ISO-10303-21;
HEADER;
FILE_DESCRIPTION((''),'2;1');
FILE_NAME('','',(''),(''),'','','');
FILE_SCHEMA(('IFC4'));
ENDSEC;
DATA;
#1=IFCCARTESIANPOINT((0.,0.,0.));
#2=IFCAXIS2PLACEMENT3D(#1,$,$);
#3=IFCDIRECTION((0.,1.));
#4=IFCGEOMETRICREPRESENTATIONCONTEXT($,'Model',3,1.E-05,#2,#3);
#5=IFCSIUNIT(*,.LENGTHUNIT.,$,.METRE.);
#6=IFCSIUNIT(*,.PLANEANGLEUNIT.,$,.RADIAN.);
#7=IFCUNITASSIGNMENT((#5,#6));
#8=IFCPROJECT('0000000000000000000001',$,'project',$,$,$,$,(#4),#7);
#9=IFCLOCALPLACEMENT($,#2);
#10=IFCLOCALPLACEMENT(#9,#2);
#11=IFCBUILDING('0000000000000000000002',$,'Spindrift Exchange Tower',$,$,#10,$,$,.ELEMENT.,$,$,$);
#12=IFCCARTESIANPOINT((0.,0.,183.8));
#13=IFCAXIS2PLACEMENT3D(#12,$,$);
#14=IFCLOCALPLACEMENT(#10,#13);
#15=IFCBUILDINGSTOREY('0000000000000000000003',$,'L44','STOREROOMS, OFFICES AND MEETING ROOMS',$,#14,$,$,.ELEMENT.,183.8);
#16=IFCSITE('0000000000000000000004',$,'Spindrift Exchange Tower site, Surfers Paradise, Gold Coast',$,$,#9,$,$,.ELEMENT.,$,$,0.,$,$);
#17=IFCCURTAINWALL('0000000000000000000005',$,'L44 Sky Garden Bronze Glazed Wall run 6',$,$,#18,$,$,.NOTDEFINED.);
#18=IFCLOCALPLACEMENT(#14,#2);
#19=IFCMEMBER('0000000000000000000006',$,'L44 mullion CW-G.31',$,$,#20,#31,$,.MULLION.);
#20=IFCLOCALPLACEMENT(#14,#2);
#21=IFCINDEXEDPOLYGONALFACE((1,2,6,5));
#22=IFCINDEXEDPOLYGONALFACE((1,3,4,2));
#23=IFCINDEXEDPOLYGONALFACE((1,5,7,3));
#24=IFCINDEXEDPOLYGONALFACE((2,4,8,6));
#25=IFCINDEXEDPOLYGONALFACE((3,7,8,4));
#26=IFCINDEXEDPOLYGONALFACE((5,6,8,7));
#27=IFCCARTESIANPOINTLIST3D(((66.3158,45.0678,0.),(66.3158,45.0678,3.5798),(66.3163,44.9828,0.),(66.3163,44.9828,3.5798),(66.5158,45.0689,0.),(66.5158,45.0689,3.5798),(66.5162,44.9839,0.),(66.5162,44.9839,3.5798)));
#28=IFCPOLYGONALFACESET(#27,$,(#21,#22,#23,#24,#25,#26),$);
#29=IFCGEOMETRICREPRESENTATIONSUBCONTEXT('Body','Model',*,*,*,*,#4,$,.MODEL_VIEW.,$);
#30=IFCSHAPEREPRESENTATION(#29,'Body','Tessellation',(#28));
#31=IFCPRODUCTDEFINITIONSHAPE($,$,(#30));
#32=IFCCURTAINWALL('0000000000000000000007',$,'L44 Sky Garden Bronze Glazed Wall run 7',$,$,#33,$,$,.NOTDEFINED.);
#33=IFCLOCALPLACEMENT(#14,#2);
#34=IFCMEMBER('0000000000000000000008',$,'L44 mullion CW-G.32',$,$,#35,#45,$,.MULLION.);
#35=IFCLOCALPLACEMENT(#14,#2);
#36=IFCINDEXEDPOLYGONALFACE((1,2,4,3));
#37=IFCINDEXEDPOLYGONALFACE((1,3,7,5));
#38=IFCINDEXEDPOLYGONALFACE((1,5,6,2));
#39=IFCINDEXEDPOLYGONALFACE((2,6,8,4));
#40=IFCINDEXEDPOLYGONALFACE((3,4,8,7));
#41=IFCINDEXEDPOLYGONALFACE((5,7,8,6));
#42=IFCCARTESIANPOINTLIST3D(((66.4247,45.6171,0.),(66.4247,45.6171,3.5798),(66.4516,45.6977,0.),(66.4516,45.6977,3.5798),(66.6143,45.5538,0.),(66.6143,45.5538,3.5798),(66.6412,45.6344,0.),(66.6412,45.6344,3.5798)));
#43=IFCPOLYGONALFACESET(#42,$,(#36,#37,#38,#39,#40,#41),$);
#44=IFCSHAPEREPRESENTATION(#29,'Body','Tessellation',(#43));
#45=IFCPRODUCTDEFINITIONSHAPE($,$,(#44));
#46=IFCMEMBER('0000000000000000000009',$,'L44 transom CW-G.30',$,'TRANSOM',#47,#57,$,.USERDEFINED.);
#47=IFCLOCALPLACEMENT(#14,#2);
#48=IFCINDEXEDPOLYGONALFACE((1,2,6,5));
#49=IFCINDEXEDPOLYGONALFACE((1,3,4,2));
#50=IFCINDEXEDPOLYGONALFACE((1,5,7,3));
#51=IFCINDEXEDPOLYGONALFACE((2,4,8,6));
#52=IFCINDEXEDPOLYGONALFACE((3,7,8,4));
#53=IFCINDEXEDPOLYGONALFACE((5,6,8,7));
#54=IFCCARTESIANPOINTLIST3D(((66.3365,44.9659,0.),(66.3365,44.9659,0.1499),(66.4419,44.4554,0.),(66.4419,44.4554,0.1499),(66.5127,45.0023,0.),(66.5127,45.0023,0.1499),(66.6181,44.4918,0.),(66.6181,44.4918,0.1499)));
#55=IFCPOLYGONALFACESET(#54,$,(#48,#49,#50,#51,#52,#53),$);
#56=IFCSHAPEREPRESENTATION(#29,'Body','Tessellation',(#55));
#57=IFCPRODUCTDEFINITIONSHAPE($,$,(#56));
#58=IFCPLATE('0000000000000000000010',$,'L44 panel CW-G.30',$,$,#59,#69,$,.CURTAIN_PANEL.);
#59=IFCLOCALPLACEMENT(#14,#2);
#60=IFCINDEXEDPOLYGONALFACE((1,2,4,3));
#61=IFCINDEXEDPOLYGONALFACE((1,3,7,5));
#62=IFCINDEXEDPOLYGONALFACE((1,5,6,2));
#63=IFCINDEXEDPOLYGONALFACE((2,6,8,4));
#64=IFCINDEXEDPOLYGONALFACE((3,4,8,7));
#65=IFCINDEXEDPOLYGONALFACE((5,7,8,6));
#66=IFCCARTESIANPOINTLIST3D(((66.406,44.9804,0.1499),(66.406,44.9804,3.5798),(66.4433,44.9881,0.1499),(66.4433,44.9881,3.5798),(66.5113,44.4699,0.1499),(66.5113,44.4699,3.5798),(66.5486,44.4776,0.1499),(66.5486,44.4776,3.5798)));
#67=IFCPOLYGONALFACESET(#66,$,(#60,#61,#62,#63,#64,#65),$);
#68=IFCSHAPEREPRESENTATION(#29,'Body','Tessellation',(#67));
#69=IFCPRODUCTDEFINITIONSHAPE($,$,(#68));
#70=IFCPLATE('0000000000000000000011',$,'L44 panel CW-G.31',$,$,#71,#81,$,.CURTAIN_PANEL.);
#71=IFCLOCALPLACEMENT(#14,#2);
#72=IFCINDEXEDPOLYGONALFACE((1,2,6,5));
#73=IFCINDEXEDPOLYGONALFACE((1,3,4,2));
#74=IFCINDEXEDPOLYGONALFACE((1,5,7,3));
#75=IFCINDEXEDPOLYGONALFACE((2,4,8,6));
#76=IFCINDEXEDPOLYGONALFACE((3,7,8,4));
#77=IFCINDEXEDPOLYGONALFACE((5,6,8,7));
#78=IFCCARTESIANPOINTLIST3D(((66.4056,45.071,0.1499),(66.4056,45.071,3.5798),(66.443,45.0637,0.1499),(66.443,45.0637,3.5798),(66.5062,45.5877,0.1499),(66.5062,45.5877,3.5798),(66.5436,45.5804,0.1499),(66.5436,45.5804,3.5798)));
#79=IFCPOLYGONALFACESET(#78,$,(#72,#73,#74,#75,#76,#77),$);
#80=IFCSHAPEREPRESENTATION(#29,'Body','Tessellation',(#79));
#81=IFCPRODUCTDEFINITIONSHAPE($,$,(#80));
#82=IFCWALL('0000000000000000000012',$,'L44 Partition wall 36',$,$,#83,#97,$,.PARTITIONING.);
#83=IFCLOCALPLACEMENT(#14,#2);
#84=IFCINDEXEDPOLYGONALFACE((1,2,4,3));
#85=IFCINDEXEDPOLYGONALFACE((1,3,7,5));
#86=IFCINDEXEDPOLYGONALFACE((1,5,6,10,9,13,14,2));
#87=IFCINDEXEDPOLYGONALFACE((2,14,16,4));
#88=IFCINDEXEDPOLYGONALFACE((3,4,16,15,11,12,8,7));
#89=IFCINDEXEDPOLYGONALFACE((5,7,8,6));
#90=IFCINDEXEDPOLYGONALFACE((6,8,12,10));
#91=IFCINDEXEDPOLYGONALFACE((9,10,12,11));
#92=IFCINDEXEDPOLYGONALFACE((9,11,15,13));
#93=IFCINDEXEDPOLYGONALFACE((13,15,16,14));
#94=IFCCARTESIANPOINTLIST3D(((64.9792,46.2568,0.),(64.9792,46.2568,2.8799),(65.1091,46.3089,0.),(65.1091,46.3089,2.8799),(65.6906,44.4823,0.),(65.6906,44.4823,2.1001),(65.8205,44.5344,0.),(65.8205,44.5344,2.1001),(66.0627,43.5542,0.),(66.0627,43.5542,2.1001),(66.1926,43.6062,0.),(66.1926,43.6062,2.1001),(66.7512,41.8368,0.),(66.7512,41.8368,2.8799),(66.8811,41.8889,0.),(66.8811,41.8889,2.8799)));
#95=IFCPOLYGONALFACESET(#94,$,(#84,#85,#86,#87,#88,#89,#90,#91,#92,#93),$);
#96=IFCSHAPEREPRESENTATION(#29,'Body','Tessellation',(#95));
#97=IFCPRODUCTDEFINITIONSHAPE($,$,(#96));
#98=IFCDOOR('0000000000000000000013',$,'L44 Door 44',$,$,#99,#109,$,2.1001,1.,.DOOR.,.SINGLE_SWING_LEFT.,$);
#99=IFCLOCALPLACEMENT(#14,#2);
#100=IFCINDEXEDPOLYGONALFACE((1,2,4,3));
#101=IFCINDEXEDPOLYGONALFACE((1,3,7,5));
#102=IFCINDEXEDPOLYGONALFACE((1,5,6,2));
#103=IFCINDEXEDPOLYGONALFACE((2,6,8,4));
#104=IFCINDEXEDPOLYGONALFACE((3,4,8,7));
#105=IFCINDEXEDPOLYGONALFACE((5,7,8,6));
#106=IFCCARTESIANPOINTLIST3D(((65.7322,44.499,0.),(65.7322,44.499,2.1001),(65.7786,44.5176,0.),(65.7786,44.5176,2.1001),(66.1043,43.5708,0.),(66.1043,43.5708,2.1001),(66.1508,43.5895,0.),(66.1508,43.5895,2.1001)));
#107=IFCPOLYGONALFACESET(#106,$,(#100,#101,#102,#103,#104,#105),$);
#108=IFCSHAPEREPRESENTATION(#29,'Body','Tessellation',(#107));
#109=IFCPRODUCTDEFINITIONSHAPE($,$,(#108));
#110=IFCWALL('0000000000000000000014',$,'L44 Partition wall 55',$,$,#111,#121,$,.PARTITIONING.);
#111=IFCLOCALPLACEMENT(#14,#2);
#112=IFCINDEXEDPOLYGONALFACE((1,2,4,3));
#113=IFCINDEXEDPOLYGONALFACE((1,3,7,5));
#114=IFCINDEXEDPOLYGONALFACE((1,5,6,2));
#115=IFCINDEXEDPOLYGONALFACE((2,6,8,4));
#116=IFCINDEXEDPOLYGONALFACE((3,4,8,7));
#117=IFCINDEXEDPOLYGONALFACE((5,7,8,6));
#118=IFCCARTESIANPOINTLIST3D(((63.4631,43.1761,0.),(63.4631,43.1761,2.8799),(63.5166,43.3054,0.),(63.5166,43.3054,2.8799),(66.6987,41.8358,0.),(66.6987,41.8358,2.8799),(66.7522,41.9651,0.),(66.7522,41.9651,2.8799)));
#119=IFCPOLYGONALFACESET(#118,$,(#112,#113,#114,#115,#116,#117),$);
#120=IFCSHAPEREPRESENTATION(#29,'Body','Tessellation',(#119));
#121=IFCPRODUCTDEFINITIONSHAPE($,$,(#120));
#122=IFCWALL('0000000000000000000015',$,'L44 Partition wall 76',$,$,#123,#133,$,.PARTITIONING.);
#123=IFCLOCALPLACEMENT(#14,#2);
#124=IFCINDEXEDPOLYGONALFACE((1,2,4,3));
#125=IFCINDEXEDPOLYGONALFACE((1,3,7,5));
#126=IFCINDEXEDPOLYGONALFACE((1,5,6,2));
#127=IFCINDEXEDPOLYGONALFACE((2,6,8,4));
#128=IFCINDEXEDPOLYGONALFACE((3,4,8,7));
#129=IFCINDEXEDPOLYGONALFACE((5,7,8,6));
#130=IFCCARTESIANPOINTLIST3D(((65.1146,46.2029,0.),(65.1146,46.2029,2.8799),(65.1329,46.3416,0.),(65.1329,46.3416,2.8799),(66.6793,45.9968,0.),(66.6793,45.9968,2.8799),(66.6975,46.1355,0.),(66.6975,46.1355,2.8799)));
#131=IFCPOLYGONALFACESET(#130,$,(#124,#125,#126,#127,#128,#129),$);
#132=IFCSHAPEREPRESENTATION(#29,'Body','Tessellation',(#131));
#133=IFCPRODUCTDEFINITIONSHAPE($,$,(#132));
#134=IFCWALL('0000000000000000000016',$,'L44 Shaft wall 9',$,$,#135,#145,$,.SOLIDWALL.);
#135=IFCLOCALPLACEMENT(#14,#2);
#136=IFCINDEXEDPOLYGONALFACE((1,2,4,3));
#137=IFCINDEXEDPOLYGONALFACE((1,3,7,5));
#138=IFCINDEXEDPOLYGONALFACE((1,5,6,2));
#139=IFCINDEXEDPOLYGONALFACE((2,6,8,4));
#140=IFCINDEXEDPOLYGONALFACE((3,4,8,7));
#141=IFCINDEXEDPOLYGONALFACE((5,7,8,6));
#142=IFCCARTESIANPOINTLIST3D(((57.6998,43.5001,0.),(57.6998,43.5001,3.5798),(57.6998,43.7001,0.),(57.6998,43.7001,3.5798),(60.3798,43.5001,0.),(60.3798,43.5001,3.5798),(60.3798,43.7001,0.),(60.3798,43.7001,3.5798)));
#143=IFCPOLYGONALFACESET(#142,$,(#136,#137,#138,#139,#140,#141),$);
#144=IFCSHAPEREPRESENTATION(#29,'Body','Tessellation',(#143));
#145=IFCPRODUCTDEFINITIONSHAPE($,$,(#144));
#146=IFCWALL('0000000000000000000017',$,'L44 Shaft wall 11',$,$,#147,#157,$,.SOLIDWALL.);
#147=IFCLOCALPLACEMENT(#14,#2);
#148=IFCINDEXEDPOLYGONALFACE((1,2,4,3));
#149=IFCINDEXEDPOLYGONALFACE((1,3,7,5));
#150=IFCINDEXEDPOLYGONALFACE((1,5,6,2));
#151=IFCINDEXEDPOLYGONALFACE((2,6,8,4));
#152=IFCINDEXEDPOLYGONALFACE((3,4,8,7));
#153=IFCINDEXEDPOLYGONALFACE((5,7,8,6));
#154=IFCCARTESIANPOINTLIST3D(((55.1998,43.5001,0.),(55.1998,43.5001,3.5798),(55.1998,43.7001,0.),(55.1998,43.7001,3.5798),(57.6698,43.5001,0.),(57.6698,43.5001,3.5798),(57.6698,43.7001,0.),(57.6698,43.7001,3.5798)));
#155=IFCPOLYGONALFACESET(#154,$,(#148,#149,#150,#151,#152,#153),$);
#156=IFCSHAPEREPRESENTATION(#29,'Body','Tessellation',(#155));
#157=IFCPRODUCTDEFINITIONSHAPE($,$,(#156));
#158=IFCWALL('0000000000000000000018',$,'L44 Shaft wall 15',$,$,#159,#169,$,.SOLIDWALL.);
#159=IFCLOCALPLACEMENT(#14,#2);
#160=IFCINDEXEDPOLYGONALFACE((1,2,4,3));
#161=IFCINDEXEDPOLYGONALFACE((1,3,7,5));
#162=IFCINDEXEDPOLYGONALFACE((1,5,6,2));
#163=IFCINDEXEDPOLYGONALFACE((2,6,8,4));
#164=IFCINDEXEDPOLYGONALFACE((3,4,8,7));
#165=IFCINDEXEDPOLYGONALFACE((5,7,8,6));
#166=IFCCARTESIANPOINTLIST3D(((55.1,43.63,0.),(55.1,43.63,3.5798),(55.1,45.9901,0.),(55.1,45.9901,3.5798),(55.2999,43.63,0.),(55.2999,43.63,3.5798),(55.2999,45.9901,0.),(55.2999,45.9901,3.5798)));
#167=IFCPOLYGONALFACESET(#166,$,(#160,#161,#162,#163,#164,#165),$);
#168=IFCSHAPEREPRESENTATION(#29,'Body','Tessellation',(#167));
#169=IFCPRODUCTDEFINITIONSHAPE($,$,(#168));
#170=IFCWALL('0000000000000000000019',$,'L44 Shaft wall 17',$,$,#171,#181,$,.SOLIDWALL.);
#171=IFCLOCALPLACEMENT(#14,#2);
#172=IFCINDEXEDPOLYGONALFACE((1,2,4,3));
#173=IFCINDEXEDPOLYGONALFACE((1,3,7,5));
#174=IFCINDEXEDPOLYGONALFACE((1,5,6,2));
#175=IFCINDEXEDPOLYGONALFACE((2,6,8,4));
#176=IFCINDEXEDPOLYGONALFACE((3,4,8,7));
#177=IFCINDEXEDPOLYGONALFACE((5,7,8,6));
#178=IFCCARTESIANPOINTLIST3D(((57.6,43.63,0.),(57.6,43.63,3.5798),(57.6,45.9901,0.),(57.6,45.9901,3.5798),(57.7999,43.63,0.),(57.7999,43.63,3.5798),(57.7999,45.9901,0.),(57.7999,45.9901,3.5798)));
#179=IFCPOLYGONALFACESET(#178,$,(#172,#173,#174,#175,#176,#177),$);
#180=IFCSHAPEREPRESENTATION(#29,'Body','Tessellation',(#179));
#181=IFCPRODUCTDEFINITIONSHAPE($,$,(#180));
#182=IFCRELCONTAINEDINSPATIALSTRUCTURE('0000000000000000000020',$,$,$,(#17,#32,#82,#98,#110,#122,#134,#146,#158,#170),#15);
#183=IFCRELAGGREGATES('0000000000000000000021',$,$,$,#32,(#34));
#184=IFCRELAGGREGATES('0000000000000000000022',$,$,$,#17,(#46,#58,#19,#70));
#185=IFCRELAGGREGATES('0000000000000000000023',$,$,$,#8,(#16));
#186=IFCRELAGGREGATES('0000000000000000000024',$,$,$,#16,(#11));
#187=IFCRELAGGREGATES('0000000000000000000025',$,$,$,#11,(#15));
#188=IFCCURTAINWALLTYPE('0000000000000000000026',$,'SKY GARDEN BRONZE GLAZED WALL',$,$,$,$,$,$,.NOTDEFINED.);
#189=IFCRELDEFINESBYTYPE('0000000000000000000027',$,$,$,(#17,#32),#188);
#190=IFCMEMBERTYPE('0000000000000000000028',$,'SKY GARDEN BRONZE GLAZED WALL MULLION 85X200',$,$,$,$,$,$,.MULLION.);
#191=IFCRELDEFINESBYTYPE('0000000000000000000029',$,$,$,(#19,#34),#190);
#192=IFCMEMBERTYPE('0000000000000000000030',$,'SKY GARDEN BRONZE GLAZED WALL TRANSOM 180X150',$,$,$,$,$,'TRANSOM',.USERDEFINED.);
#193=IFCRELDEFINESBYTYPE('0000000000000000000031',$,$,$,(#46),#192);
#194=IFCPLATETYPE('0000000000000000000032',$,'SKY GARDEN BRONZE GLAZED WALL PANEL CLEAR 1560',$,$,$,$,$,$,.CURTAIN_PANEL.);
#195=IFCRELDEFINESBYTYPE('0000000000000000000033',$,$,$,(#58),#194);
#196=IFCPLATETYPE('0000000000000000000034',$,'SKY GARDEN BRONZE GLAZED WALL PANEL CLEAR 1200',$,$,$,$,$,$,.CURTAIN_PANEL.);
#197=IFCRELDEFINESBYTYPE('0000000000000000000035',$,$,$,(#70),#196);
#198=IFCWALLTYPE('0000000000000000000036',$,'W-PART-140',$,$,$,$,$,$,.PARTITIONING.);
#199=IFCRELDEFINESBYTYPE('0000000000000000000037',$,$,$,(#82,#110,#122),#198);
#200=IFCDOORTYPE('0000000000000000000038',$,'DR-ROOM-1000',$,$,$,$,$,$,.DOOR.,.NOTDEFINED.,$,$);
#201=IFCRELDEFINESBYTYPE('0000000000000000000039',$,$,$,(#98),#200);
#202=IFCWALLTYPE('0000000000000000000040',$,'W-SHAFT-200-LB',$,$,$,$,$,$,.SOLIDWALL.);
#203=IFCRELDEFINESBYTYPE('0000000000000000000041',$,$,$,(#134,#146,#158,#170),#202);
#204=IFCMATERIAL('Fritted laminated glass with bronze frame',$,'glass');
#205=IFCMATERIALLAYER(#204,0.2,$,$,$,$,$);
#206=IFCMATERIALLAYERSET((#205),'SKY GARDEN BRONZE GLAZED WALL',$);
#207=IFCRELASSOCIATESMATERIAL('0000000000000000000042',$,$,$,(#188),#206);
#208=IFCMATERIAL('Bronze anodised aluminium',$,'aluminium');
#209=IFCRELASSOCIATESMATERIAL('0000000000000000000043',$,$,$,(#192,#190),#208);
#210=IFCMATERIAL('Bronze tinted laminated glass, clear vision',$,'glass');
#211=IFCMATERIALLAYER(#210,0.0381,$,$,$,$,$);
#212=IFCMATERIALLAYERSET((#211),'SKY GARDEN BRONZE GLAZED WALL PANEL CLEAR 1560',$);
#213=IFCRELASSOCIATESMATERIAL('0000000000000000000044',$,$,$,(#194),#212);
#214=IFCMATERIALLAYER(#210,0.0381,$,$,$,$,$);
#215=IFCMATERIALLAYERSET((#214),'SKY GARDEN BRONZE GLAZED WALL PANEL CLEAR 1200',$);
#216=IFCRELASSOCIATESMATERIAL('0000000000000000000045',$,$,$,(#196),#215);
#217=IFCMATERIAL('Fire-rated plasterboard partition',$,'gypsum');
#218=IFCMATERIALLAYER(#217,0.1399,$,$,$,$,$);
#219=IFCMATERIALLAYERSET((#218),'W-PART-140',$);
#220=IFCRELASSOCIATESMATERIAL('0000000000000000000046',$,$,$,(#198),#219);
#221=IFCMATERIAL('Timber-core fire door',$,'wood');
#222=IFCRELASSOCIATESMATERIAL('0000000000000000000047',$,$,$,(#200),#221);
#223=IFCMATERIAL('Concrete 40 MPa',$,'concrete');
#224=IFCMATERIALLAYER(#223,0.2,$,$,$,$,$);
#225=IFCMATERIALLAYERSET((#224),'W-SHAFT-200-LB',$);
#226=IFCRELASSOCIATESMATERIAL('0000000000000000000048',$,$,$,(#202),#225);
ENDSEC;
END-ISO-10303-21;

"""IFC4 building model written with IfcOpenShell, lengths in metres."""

from ifc_helpers import new_model, si_unit, direction, frame, frame_2d, origin, origin_2d, place, context, subcontext, project, spatial, rectangle, extrude, source, transform, mapped, material, layer, layer_set, material_profile, profile_set, type_object, element, fill, aggregate, save


model = new_model("IFC4")

# Units and contexts
model_context = context("Model", 3, precision=1e-05, world=origin(), true_north=direction((0.0, 1.0)))
body_context = subcontext(model_context, "Body", "Model", "MODEL_VIEW")
ifc_project = project(units=[si_unit("LENGTHUNIT", "METRE"), si_unit("PLANEANGLEUNIT", "RADIAN")], contexts=[model_context])

# Site, building, storey
site_placement = place(None, origin())
site = spatial("IfcSite", under=ifc_project, at=site_placement, Name="Spindrift Exchange Tower site, Surfers Paradise, Gold Coast", CompositionType="ELEMENT", RefElevation=0.0)
building_placement = place(site_placement, origin())
building = spatial("IfcBuilding", under=site, at=building_placement, Name="Spindrift Exchange Tower", CompositionType="ELEMENT")
storey_placement = place(building_placement, frame((0.0, 0.0, 183.8)))
storey = spatial("IfcBuildingStorey", under=building, at=storey_placement, Name="L44", Description="STOREROOMS, OFFICES AND MEETING ROOMS", CompositionType="ELEMENT", Elevation=183.8)

# Curtain wall, member
ifc_material_1 = material(Name="Fritted laminated glass with bronze frame", Category="glass")
ifc_layer_1 = layer(ifc_material_1, 0.2)
ifc_layer_set_1 = layer_set([ifc_layer_1], Name="SKY GARDEN BRONZE GLAZED WALL")
curtain_wall_type = type_object("IfcCurtainWallType", Name="SKY GARDEN BRONZE GLAZED WALL", PredefinedType="NOTDEFINED", material=ifc_layer_set_1)
curtain_wall_1_placement = place(storey_placement, origin())
curtain_wall_1 = element("IfcCurtainWall", 1, at=curtain_wall_1_placement, inside=storey, type_object=curtain_wall_type, Name="L44 Sky Garden Bronze Glazed Wall run 6", PredefinedType="NOTDEFINED")
ifc_material_2 = material(Name="Bronze anodised aluminium", Category="aluminium")
ifc_material_profile_1 = material_profile(ifc_material_2, rectangle(XDim=0.1799, YDim=0.1499, at=origin_2d()), Name="SKY GARDEN BRONZE GLAZED WALL TRANSOM 180X150")
ifc_profile_set_1 = profile_set([ifc_material_profile_1], Name="Bronze anodised aluminium")
member_type_1 = type_object("IfcMemberType", Name="SKY GARDEN BRONZE GLAZED WALL TRANSOM 180X150", ElementType="TRANSOM", PredefinedType="USERDEFINED", material=ifc_profile_set_1)
ifc_material_profile_2 = material_profile(ifc_material_2, rectangle(XDim=0.085, YDim=0.2, at=origin_2d()), Name="SKY GARDEN BRONZE GLAZED WALL MULLION 85X200")
ifc_profile_set_2 = profile_set([ifc_material_profile_2], Name="Bronze anodised aluminium")
member_type_2 = type_object("IfcMemberType", Name="SKY GARDEN BRONZE GLAZED WALL MULLION 85X200", PredefinedType="MULLION", material=ifc_profile_set_2)
shared_shape_1 = source(origin(), body_context, "Body", "SweptSolid", [
    extrude(rectangle(XDim=0.085, YDim=0.2, at=origin_2d()), origin(), (0.0, 0.0, 1.0), 3.5798),
])
member_1_placement = place(storey_placement, frame((66.416, 45.0259, 0.0), z_axis=(0.0, 0.0, 1.0), x_axis=(-0.00551, 0.999985, 0.0)))
member_1 = element("IfcMember", 2, at=member_1_placement, type_object=member_type_2, Name="L44 mullion CW-G.31", PredefinedType="MULLION", context=body_context, shape_type="MappedRepresentation", body=[
    mapped(shared_shape_1, transform((0.0, 0.0, 0.0), scale=1.0)),
])

# Curtain wall, member
curtain_wall_2_placement = place(storey_placement, origin())
curtain_wall_2 = element("IfcCurtainWall", 3, at=curtain_wall_2_placement, inside=storey, type_object=curtain_wall_type, Name="L44 Sky Garden Bronze Glazed Wall run 7", PredefinedType="NOTDEFINED")
member_2_placement = place(storey_placement, frame((66.533, 45.6257, 0.0), z_axis=(0.0, 0.0, 1.0), x_axis=(0.316526, 0.948584, 0.0)))
member_2 = element("IfcMember", 4, at=member_2_placement, type_object=member_type_2, Name="L44 mullion CW-G.32", PredefinedType="MULLION", context=body_context, shape_type="MappedRepresentation", body=[
    mapped(shared_shape_1, transform((0.0, 0.0, 0.0), scale=1.0)),
])
aggregate(curtain_wall_2, [member_2])

# Member
shared_shape_2 = source(origin(), body_context, "Body", "SweptSolid", [
    extrude(rectangle(XDim=0.1799, YDim=0.1499, at=origin_2d()), origin(), (0.0, 0.0, 1.0), 0.5212),
])
member_3_placement = place(storey_placement, frame((66.53, 44.4736, 0.075), z_axis=(-0.202327, 0.979318, 0.0), x_axis=(-0.979318, -0.202327, 0.0)))
member_3 = element("IfcMember", 5, at=member_3_placement, type_object=member_type_1, Name="L44 transom CW-G.30", ObjectType="TRANSOM", PredefinedType="USERDEFINED", context=body_context, shape_type="MappedRepresentation", body=[
    mapped(shared_shape_2, transform((0.0, 0.0, 0.0), scale=1.0)),
])

# Plates
ifc_material_3 = material(Name="Bronze tinted laminated glass, clear vision", Category="glass")
ifc_layer_2 = layer(ifc_material_3, 0.0381)
ifc_layer_set_2 = layer_set([ifc_layer_2], Name="SKY GARDEN BRONZE GLAZED WALL PANEL CLEAR 1560")
plate_type_1 = type_object("IfcPlateType", Name="SKY GARDEN BRONZE GLAZED WALL PANEL CLEAR 1560", PredefinedType="CURTAIN_PANEL", material=ifc_layer_set_2)
shared_shape_3 = source(origin(), body_context, "Body", "SweptSolid", [
    extrude(rectangle(XDim=0.5212, YDim=0.0381, at=origin_2d()), origin(), (0.0, 0.0, 1.0), 3.4299),
])
plate_1_placement = place(storey_placement, frame((66.4773, 44.729, 0.1499), z_axis=(0.0, 0.0, 1.0), x_axis=(-0.201885, 0.979409, 0.0)))
plate_1 = element("IfcPlate", 6, at=plate_1_placement, type_object=plate_type_1, Name="L44 panel CW-G.30", PredefinedType="CURTAIN_PANEL", context=body_context, shape_type="MappedRepresentation", body=[
    mapped(shared_shape_3, transform((0.0, 0.0, 0.0), scale=1.0)),
])
ifc_layer_3 = layer(ifc_material_3, 0.0381)
ifc_layer_set_3 = layer_set([ifc_layer_3], Name="SKY GARDEN BRONZE GLAZED WALL PANEL CLEAR 1200")
plate_type_2 = type_object("IfcPlateType", Name="SKY GARDEN BRONZE GLAZED WALL PANEL CLEAR 1200", PredefinedType="CURTAIN_PANEL", material=ifc_layer_set_3)
shared_shape_4 = source(origin(), body_context, "Body", "SweptSolid", [
    extrude(rectangle(XDim=0.5264, YDim=0.0381, at=origin_2d()), origin(), (0.0, 0.0, 1.0), 3.4299),
])
plate_2_placement = place(storey_placement, frame((66.4746, 45.3257, 0.1499), z_axis=(0.0, 0.0, 1.0), x_axis=(0.19108, 0.981575, 0.0)))
plate_2 = element("IfcPlate", 7, at=plate_2_placement, type_object=plate_type_2, Name="L44 panel CW-G.31", PredefinedType="CURTAIN_PANEL", context=body_context, shape_type="MappedRepresentation", body=[
    mapped(shared_shape_4, transform((0.0, 0.0, 0.0), scale=1.0)),
])
aggregate(curtain_wall_1, [member_3, plate_1, member_1, plate_2])

# Wall, opening, door
ifc_material_4 = material(Name="Fire-rated plasterboard partition", Category="gypsum")
ifc_layer_4 = layer(ifc_material_4, 0.1399)
ifc_layer_set_4 = layer_set([ifc_layer_4], Name="W-PART-140")
wall_type_1 = type_object("IfcWallType", Name="W-PART-140", PredefinedType="PARTITIONING", material=ifc_layer_set_4)
wall_1_placement = place(storey_placement, frame((65.0442, 46.2827, 0.0), z_axis=(0.0, 0.0, 1.0), x_axis=(0.372115, -0.928186, 0.0)))
wall_1 = element("IfcWall", 8, at=wall_1_placement, inside=storey, type_object=wall_type_1, Name="L44 Partition wall 36", PredefinedType="PARTITIONING", context=body_context, shape_type="SweptSolid", body=[
    extrude(rectangle(XDim=4.762, YDim=0.1399, at=frame_2d((2.3809, 0.0))), origin(), (0.0, 0.0, 1.0), 2.8799),
])
opening_placement = place(wall_1_placement, frame((1.9116, 0.0, 0.0)))
opening = element("IfcOpeningElement", 9, at=opening_placement, cuts=wall_1, PredefinedType="OPENING", context=body_context, shape_type="SweptSolid", body=[
    extrude(rectangle(XDim=1.0, YDim=2.1001, at=frame_2d((0.5, 1.05))), frame((0.0, 0.0798, 0.0), z_axis=(0.0, -1.0, 0.0), x_axis=(1.0, 0.0, 0.0)), (0.0, 0.0, 1.0), 0.1599),
])
ifc_material_5 = material(Name="Timber-core fire door", Category="wood")
door_type = type_object("IfcDoorType", Name="DR-ROOM-1000", OperationType="NOTDEFINED", PredefinedType="DOOR", material=ifc_material_5)
shared_shape_5 = source(origin(), body_context, "Body", "SweptSolid", [
    extrude(rectangle(XDim=1.0, YDim=2.1001, at=frame_2d((0.5, 1.05))), frame((0.0, 0.0249, 0.0), z_axis=(0.0, -1.0, 0.0), x_axis=(1.0, 0.0, 0.0)), (0.0, 0.0, 1.0), 0.05),
])
door_placement = place(opening_placement, origin())
door = element("IfcDoor", 10, at=door_placement, inside=storey, type_object=door_type, Name="L44 Door 44", OperationType="SINGLE_SWING_LEFT", OverallHeight=2.1001, OverallWidth=1.0, PredefinedType="DOOR", context=body_context, shape_type="MappedRepresentation", body=[
    mapped(shared_shape_5, transform((0.0, 0.0, 0.0), scale=1.0)),
])
fill(opening, door)

# Walls
wall_2_placement = place(storey_placement, frame((63.49, 43.2407, 0.0), z_axis=(0.0, 0.0, 1.0), x_axis=(0.923869, -0.382709, 0.0)))
element("IfcWall", 11, at=wall_2_placement, inside=storey, type_object=wall_type_1, Name="L44 Partition wall 55", PredefinedType="PARTITIONING", context=body_context, shape_type="SweptSolid", body=[
    extrude(rectangle(XDim=3.5022, YDim=0.1399, at=frame_2d((1.751, 0.0))), origin(), (0.0, 0.0, 1.0), 2.8799),
])
wall_3_placement = place(storey_placement, frame((65.1238, 46.2722, 0.0), z_axis=(0.0, 0.0, 1.0), x_axis=(0.99144, -0.130563, 0.0)))
element("IfcWall", 12, at=wall_3_placement, inside=storey, type_object=wall_type_1, Name="L44 Partition wall 76", PredefinedType="PARTITIONING", context=body_context, shape_type="SweptSolid", body=[
    extrude(rectangle(XDim=1.5781, YDim=0.1399, at=frame_2d((0.7891, 0.0))), origin(), (0.0, 0.0, 1.0), 2.8799),
])
ifc_material_6 = material(Name="Concrete 40 MPa", Category="concrete")
ifc_layer_5 = layer(ifc_material_6, 0.2)
ifc_layer_set_5 = layer_set([ifc_layer_5], Name="W-SHAFT-200-LB")
wall_type_2 = type_object("IfcWallType", Name="W-SHAFT-200-LB", PredefinedType="SOLIDWALL", material=ifc_layer_set_5)
wall_4_placement = place(storey_placement, frame((57.7, 43.6001, 0.0), z_axis=(0.0, 0.0, 1.0), x_axis=(1.0, 0.0, 0.0)))
element("IfcWall", 13, at=wall_4_placement, inside=storey, type_object=wall_type_2, Name="L44 Shaft wall 9", PredefinedType="SOLIDWALL", context=body_context, shape_type="SweptSolid", body=[
    extrude(rectangle(XDim=2.6799, YDim=0.2, at=frame_2d((1.3398, 0.0))), origin(), (0.0, 0.0, 1.0), 3.5798),
])
wall_5_placement = place(storey_placement, frame((55.2, 43.6001, 0.0), z_axis=(0.0, 0.0, 1.0), x_axis=(1.0, 0.0, 0.0)))
element("IfcWall", 14, at=wall_5_placement, inside=storey, type_object=wall_type_2, Name="L44 Shaft wall 11", PredefinedType="SOLIDWALL", context=body_context, shape_type="SweptSolid", body=[
    extrude(rectangle(XDim=2.47, YDim=0.2, at=frame_2d((1.2349, 0.0))), origin(), (0.0, 0.0, 1.0), 3.5798),
])
for number, where, z_axis, x_axis, name in (
    (15, (55.2, 43.6299, 0.0), (0.0, 0.0, 1.0), (0.0, 1.0, 0.0), "L44 Shaft wall 15"),
    (16, (57.7, 43.6299, 0.0), (0.0, 0.0, 1.0), (0.0, 1.0, 0.0), "L44 Shaft wall 17"),
):
    element("IfcWall", number, at=place(storey_placement, frame(where, z_axis=z_axis, x_axis=x_axis)), inside=storey, type_object=wall_type_2, Name=name, PredefinedType="SOLIDWALL", context=body_context, shape_type="SweptSolid", body=[
        extrude(rectangle(XDim=2.3601, YDim=0.2, at=frame_2d((1.1802, 0.0))), origin(), (0.0, 0.0, 1.0), 3.5798),
    ])

save(model, "model.ifc")
